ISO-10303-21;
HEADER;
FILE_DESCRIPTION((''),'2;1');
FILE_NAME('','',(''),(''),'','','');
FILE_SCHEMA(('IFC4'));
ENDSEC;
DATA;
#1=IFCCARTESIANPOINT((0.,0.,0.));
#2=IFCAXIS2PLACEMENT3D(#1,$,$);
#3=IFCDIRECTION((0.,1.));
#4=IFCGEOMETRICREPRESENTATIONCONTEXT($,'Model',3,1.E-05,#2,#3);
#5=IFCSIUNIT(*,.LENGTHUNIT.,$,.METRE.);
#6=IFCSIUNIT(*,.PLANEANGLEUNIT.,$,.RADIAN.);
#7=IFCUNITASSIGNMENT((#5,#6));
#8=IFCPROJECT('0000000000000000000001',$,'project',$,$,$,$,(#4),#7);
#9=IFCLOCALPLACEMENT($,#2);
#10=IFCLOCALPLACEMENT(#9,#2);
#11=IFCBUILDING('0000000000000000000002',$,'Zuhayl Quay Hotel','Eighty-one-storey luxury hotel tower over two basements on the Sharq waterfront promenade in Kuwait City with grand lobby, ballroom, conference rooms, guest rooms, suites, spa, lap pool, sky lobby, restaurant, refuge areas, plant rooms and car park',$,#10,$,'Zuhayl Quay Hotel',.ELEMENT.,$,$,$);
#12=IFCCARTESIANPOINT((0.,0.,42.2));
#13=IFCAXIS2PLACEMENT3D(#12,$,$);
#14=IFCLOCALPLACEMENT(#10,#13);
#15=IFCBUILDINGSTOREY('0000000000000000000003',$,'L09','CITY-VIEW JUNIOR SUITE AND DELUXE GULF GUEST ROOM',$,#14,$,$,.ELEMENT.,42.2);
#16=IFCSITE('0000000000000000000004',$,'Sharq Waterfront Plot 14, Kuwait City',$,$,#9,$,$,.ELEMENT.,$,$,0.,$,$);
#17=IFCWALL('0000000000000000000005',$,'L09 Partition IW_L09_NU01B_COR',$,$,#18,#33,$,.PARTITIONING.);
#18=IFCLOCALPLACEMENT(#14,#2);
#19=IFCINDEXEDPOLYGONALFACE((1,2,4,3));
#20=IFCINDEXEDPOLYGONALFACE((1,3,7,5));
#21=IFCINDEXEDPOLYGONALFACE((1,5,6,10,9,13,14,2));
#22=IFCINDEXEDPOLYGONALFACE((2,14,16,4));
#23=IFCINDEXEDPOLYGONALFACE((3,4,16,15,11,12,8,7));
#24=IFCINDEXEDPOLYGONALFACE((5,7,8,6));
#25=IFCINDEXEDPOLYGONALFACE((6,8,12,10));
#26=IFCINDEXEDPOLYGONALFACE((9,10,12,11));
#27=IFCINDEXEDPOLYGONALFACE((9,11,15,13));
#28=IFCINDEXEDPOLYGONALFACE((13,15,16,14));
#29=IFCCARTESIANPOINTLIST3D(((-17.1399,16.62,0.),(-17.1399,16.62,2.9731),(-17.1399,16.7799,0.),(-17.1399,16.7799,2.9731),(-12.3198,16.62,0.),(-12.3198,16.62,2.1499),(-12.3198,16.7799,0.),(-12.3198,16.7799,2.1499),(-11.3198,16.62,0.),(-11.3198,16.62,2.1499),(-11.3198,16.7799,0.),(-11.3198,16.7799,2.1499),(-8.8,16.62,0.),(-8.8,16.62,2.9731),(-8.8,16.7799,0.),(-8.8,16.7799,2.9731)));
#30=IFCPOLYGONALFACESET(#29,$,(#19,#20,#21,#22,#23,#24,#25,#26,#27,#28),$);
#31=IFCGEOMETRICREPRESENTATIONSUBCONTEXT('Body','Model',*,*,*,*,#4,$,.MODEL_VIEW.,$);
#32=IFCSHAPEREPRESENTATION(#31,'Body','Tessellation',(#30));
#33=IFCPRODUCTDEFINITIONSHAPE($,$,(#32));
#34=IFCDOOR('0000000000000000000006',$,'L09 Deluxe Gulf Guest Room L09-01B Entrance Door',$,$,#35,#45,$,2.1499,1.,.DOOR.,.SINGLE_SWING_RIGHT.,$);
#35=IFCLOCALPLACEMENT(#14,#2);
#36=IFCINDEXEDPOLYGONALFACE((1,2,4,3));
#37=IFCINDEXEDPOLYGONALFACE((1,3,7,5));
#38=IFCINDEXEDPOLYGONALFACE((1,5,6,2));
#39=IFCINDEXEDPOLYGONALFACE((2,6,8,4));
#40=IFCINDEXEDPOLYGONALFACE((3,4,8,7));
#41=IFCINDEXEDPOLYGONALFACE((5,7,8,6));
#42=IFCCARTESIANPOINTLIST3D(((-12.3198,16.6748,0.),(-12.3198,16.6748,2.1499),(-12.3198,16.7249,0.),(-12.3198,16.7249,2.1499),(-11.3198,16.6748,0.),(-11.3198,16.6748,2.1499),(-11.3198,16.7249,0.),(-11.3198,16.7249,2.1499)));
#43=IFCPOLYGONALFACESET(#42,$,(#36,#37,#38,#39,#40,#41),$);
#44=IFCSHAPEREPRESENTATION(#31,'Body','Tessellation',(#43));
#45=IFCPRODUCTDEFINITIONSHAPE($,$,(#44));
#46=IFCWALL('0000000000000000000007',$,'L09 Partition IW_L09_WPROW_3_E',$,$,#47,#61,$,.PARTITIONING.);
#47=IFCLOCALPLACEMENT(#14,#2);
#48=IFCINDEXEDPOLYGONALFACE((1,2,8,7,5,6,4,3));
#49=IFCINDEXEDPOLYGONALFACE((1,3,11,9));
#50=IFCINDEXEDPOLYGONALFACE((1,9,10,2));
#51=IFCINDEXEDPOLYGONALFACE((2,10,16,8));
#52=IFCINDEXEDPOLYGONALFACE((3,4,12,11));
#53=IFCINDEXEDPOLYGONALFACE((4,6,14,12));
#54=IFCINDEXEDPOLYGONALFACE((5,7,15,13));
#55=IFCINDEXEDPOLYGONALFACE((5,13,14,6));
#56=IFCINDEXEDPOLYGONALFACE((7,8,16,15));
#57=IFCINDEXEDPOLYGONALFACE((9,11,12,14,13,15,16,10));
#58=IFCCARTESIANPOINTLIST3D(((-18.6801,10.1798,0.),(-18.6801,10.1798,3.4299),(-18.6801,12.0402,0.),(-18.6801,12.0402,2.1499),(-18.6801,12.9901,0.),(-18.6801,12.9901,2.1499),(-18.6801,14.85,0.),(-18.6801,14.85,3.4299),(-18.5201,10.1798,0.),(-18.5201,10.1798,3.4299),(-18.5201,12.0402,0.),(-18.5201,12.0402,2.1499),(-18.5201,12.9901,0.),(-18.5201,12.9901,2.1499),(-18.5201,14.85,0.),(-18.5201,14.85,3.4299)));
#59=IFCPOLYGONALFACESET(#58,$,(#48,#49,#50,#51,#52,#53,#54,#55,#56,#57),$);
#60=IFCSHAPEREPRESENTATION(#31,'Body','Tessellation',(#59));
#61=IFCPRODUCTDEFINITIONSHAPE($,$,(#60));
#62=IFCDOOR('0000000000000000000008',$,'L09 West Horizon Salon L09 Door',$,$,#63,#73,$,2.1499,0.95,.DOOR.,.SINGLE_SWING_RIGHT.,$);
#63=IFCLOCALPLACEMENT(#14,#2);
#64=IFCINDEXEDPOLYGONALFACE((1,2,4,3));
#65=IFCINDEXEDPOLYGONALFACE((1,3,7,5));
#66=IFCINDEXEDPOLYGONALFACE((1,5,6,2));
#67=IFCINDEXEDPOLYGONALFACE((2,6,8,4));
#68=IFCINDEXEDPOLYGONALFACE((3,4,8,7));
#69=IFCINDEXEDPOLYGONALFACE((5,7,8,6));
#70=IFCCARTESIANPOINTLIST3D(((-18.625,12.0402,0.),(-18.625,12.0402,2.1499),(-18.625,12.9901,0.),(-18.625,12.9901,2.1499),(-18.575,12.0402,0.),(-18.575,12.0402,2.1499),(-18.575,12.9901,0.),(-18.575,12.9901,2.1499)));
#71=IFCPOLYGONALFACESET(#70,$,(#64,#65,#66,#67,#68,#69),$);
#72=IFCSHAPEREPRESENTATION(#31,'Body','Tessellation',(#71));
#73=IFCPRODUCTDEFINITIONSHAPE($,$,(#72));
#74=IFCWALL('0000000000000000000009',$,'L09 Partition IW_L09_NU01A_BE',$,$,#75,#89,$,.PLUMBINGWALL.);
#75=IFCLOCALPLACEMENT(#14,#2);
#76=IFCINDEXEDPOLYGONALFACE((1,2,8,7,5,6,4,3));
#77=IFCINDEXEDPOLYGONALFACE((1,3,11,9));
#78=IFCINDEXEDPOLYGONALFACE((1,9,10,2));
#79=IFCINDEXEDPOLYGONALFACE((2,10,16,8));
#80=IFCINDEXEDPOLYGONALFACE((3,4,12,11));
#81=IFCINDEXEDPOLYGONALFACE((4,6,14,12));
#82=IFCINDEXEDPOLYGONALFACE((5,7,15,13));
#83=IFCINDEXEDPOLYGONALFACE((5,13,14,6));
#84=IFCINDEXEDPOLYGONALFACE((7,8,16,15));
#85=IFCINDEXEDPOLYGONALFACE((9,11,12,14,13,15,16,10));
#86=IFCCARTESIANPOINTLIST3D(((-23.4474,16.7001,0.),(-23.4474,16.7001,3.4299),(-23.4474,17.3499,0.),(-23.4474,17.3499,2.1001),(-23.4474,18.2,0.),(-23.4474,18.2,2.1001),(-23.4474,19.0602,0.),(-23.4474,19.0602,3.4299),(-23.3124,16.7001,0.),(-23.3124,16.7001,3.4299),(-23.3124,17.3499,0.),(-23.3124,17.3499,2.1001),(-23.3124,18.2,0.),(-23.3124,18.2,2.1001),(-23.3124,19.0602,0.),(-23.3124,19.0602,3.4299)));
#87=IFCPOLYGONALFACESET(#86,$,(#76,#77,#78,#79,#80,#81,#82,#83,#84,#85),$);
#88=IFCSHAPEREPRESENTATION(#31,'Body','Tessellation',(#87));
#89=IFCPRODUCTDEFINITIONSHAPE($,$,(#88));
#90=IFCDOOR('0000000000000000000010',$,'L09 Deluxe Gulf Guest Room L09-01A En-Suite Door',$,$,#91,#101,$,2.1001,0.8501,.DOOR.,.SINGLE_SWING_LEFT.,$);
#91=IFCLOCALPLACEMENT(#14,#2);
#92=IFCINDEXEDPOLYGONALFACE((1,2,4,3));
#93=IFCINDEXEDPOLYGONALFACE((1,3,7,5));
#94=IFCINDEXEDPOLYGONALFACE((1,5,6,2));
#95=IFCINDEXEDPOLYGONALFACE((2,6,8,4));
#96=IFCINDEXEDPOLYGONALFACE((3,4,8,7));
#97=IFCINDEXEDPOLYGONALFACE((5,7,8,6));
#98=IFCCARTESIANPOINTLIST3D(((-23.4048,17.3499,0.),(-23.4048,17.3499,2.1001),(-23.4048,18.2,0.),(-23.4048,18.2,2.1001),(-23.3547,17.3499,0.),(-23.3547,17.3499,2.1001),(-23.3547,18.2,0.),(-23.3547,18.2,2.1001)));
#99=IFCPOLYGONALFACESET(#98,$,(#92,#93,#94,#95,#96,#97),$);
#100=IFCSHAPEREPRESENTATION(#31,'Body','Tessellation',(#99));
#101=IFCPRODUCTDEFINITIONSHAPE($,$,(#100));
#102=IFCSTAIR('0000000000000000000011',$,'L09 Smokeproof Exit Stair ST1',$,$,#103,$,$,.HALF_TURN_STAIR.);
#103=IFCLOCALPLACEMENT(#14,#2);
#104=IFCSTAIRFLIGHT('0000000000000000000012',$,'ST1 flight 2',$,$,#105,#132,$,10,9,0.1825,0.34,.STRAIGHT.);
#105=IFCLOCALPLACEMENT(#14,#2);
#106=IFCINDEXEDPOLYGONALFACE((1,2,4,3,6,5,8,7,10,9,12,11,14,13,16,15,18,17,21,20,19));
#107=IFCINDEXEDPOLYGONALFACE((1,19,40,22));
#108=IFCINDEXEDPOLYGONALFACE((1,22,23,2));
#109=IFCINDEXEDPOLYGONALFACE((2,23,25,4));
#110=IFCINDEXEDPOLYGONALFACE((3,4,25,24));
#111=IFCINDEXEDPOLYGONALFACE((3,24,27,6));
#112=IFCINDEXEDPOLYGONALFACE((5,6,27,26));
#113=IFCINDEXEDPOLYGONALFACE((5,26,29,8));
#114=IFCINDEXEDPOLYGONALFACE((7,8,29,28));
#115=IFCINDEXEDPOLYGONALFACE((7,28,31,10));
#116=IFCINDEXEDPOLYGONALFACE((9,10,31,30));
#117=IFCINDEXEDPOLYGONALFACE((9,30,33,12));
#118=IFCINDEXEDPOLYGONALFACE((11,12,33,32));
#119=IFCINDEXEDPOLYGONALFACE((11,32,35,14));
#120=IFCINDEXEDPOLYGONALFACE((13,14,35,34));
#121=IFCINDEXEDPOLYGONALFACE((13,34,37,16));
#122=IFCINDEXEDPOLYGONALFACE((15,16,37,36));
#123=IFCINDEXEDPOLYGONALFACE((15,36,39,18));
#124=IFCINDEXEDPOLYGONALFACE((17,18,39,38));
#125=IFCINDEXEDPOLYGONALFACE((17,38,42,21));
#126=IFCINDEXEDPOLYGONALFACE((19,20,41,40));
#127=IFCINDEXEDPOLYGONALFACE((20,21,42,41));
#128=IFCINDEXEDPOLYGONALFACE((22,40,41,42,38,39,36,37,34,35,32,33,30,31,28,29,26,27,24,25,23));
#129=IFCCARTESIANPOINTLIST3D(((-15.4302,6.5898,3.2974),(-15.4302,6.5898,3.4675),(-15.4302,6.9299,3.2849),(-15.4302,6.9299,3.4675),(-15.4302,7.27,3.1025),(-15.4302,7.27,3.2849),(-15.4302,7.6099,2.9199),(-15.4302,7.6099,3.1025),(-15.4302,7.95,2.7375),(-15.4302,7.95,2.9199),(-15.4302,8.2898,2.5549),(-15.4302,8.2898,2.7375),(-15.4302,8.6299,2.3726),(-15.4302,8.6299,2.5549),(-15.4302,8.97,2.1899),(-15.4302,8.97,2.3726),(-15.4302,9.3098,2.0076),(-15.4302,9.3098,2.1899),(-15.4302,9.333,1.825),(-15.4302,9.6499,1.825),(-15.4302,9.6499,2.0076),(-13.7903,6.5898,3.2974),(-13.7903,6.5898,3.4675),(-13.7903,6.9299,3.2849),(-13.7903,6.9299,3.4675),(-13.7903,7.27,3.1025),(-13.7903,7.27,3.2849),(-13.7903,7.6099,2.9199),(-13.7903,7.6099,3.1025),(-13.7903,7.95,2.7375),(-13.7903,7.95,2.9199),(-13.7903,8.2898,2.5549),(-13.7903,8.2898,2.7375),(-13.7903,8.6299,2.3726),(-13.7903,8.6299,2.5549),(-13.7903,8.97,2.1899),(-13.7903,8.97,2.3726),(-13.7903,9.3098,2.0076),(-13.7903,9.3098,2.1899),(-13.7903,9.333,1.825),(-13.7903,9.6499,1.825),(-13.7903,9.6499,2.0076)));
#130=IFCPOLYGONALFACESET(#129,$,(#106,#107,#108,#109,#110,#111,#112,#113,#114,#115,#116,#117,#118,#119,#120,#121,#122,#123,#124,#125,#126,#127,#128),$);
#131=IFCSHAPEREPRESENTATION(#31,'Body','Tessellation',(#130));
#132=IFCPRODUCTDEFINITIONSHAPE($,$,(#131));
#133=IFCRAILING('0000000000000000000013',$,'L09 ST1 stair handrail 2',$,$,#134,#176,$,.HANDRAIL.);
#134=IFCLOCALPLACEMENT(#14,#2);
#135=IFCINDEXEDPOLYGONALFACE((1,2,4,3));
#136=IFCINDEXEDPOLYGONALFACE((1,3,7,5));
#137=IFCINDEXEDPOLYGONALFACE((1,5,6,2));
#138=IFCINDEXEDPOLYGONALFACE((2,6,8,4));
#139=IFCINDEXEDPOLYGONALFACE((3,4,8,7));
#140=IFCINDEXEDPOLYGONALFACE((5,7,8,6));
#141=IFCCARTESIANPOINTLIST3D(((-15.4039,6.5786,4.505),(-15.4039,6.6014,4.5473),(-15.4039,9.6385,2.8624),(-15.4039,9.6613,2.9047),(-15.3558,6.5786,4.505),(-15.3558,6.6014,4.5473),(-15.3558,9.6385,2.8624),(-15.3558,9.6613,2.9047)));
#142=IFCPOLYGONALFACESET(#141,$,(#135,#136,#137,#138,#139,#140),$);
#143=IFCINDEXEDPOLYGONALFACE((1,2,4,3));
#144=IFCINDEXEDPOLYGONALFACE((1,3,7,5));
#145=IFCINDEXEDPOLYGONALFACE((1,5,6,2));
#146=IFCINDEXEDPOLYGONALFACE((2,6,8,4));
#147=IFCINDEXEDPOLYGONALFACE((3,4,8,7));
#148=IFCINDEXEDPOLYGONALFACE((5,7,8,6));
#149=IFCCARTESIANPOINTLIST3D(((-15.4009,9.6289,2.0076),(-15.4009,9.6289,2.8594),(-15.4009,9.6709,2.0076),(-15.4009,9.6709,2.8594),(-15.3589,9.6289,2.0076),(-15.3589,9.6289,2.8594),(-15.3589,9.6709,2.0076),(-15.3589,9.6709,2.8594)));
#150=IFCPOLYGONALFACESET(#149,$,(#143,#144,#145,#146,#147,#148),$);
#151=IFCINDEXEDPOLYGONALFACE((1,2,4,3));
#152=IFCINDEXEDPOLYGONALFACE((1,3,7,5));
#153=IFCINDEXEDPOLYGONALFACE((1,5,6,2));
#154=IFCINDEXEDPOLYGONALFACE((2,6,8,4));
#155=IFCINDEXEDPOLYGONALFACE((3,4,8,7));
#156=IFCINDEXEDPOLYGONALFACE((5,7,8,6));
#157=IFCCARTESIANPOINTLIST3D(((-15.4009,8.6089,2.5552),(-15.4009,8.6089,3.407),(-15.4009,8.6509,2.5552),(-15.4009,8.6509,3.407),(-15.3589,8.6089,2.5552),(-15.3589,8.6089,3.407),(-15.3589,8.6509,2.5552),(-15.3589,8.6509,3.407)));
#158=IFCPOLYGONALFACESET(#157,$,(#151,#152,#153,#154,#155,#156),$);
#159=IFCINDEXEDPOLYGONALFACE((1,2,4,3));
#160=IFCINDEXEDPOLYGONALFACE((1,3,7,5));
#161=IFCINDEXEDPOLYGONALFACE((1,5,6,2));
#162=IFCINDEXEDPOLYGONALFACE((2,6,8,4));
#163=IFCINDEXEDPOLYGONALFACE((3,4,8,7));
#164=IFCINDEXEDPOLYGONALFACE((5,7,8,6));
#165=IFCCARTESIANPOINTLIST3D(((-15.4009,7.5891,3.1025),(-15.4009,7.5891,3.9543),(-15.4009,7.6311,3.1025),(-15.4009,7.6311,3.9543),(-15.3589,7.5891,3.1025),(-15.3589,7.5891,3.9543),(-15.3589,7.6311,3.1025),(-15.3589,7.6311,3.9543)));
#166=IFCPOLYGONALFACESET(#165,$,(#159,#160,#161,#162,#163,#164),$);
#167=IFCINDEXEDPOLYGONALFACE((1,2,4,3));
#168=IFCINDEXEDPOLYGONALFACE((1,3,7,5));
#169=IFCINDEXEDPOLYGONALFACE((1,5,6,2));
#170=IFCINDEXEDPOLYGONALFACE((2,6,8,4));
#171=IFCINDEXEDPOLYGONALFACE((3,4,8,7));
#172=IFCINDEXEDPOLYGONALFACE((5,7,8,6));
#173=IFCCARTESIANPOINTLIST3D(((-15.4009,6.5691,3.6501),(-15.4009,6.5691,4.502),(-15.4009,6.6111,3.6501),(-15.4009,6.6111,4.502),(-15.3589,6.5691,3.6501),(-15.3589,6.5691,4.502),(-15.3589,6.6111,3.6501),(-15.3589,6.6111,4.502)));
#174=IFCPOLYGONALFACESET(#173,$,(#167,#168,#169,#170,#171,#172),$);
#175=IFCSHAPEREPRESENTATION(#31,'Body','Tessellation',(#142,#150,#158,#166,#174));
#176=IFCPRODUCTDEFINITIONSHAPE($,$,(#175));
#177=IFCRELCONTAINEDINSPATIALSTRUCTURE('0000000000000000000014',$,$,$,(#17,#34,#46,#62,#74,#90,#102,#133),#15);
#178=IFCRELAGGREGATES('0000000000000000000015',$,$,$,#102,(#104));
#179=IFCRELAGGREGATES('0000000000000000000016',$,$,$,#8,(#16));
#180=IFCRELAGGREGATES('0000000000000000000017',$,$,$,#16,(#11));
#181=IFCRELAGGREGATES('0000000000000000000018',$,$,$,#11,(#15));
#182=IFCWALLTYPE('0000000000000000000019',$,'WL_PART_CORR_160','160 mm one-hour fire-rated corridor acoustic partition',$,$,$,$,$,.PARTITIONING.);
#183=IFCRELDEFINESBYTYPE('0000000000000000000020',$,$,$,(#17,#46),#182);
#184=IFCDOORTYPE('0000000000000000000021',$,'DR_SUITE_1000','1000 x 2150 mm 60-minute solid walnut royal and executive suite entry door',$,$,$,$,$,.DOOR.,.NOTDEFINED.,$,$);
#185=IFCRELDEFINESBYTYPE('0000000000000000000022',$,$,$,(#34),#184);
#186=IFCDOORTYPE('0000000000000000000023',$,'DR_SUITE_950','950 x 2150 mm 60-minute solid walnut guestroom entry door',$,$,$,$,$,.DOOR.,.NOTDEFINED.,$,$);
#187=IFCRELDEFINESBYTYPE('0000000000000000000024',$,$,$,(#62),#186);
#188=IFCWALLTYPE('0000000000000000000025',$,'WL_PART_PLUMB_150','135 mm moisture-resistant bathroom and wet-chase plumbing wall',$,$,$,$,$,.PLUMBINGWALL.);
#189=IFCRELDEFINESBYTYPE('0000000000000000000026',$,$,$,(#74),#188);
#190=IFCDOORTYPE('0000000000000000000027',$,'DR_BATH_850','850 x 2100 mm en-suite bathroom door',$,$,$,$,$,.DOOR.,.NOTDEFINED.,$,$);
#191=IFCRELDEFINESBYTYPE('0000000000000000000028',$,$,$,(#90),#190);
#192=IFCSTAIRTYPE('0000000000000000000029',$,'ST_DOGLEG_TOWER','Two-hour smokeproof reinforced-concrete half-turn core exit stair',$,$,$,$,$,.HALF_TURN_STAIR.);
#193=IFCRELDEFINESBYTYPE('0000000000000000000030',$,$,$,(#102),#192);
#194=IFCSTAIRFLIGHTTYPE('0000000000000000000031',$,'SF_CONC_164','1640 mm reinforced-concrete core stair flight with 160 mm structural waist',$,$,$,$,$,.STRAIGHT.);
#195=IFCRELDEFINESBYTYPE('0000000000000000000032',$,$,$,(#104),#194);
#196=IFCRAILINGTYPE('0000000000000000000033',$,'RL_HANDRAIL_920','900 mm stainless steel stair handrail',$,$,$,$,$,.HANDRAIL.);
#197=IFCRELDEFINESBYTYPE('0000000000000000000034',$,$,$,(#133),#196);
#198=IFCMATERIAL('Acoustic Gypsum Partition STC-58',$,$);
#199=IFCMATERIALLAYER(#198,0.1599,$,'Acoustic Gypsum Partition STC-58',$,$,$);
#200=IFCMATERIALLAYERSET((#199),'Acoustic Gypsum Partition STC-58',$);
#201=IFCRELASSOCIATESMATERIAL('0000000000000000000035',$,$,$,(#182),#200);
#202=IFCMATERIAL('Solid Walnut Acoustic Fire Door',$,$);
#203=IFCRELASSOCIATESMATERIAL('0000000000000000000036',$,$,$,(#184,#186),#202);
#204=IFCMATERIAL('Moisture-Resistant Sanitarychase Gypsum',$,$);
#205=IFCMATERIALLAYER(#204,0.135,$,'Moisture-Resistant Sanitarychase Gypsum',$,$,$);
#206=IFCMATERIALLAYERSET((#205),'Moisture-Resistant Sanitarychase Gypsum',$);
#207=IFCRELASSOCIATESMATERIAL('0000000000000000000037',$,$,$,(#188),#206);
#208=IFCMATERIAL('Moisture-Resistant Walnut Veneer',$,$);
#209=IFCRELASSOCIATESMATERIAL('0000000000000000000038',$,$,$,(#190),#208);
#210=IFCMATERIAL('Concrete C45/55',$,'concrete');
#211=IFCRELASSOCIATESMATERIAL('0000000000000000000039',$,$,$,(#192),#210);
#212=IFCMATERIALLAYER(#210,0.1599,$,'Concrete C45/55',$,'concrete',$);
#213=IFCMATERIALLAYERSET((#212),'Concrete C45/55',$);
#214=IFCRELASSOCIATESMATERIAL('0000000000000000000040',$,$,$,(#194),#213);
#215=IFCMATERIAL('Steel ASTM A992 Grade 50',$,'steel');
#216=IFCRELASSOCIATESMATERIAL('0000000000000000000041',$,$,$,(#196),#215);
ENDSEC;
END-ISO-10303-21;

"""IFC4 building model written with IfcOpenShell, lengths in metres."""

from ifc_helpers import new_model, si_unit, direction, frame, frame_2d, origin, origin_2d, place, context, subcontext, project, spatial, polyline, rectangle, outline, extrude, material, layer, layer_set, type_object, element, fill, aggregate, save


model = new_model("IFC4")

# Units and contexts
model_context = context("Model", 3, precision=1e-05, world=origin(), true_north=direction((0.0, 1.0)))
body_context = subcontext(model_context, "Body", "Model", "MODEL_VIEW")
ifc_project = project(units=[si_unit("LENGTHUNIT", "METRE"), si_unit("PLANEANGLEUNIT", "RADIAN")], contexts=[model_context])

# Site, building, storey
site_placement = place(None, origin())
site = spatial("IfcSite", under=ifc_project, at=site_placement, Name="Sharq Waterfront Plot 14, Kuwait City", CompositionType="ELEMENT", RefElevation=0.0)
building_placement = place(site_placement, origin())
building = spatial("IfcBuilding", under=site, at=building_placement, Name="Zuhayl Quay Hotel", Description="Eighty-one-storey luxury hotel tower over two basements on the Sharq waterfront promenade in Kuwait City with grand lobby, ballroom, conference rooms, guest rooms, suites, spa, lap pool, sky lobby, restaurant, refuge areas, plant rooms and car park", LongName="Zuhayl Quay Hotel", CompositionType="ELEMENT")
storey_placement = place(building_placement, frame((0.0, 0.0, 42.2)))
storey = spatial("IfcBuildingStorey", under=building, at=storey_placement, Name="L09", Description="CITY-VIEW JUNIOR SUITE AND DELUXE GULF GUEST ROOM", CompositionType="ELEMENT", Elevation=42.2)

# Shared definitions
ifc_material_1 = material(Name="Acoustic Gypsum Partition STC-58")

# Walls, openings, doors
ifc_layer_1 = layer(ifc_material_1, 0.1599, Name="Acoustic Gypsum Partition STC-58")
ifc_layer_set_1 = layer_set([ifc_layer_1], Name="Acoustic Gypsum Partition STC-58")
wall_type_1 = type_object("IfcWallType", Name="WL_PART_CORR_160", Description="160 mm one-hour fire-rated corridor acoustic partition", PredefinedType="PARTITIONING", material=ifc_layer_set_1)
ifc_material_2 = material(Name="Solid Walnut Acoustic Fire Door")
door_type_1 = type_object("IfcDoorType", Name="DR_SUITE_1000", Description="1000 x 2150 mm 60-minute solid walnut royal and executive suite entry door", OperationType="NOTDEFINED", PredefinedType="DOOR", material=ifc_material_2)
wall_1_placement = place(storey_placement, frame((-17.1399, 16.7, 0.0), z_axis=(0.0, 0.0, 1.0), x_axis=(1.0, 0.0, 0.0)))
wall_1 = element("IfcWall", 1, at=wall_1_placement, inside=storey, type_object=wall_type_1, Name="L09 Partition IW_L09_NU01B_COR", PredefinedType="PARTITIONING", context=body_context, shape_type="SweptSolid", body=[
    extrude(rectangle(XDim=8.3398, YDim=0.1599, at=frame_2d((4.1699, 0.0))), origin(), (0.0, 0.0, 1.0), 2.9731),
])
opening_1_placement = place(wall_1_placement, frame((4.8201, 0.0, 0.0)))
opening_1 = element("IfcOpeningElement", 2, at=opening_1_placement, cuts=wall_1, PredefinedType="OPENING", context=body_context, shape_type="SweptSolid", body=[
    extrude(rectangle(XDim=1.0, YDim=2.1499, at=frame_2d((0.5, 1.075))), frame((0.0, 0.0898, 0.0), z_axis=(0.0, -1.0, 0.0), x_axis=(1.0, 0.0, 0.0)), (0.0, 0.0, 1.0), 0.1799),
])
door_1_placement = place(opening_1_placement, origin())
door_1 = element("IfcDoor", 3, at=door_1_placement, inside=storey, type_object=door_type_1, Name="L09 Deluxe Gulf Guest Room L09-01B Entrance Door", OperationType="SINGLE_SWING_RIGHT", OverallHeight=2.1499, OverallWidth=1.0, PredefinedType="DOOR", context=body_context, shape_type="SweptSolid", body=[
    extrude(rectangle(XDim=1.0, YDim=2.1499, at=frame_2d((0.5, 1.075))), frame((0.0, 0.0249, 0.0), z_axis=(0.0, -1.0, 0.0), x_axis=(1.0, 0.0, 0.0)), (0.0, 0.0, 1.0), 0.05),
])
fill(opening_1, door_1)
door_type_2 = type_object("IfcDoorType", Name="DR_SUITE_950", Description="950 x 2150 mm 60-minute solid walnut guestroom entry door", OperationType="NOTDEFINED", PredefinedType="DOOR", material=ifc_material_2)
wall_2_placement = place(storey_placement, frame((-18.6001, 10.1799, 0.0), z_axis=(0.0, 0.0, 1.0), x_axis=(0.0, 1.0, 0.0)))
wall_2 = element("IfcWall", 4, at=wall_2_placement, inside=storey, type_object=wall_type_1, Name="L09 Partition IW_L09_WPROW_3_E", PredefinedType="PARTITIONING", context=body_context, shape_type="SweptSolid", body=[
    extrude(rectangle(XDim=4.6702, YDim=0.1599, at=frame_2d((2.335, 0.0))), origin(), (0.0, 0.0, 1.0), 3.4299),
])
opening_2_placement = place(wall_2_placement, frame((1.8601, 0.0, 0.0)))
opening_2 = element("IfcOpeningElement", 5, at=opening_2_placement, cuts=wall_2, PredefinedType="OPENING", context=body_context, shape_type="SweptSolid", body=[
    extrude(rectangle(XDim=0.95, YDim=2.1499, at=frame_2d((0.4751, 1.075))), frame((0.0, 0.0898, 0.0), z_axis=(0.0, -1.0, 0.0), x_axis=(1.0, 0.0, 0.0)), (0.0, 0.0, 1.0), 0.1799),
])
door_2_placement = place(opening_2_placement, origin())
door_2 = element("IfcDoor", 6, at=door_2_placement, inside=storey, type_object=door_type_2, Name="L09 West Horizon Salon L09 Door", OperationType="SINGLE_SWING_RIGHT", OverallHeight=2.1499, OverallWidth=0.95, PredefinedType="DOOR", context=body_context, shape_type="SweptSolid", body=[
    extrude(rectangle(XDim=0.95, YDim=2.1499, at=frame_2d((0.4751, 1.075))), frame((0.0, 0.0249, 0.0), z_axis=(0.0, -1.0, 0.0), x_axis=(1.0, 0.0, 0.0)), (0.0, 0.0, 1.0), 0.05),
])
fill(opening_2, door_2)
ifc_material_3 = material(Name="Moisture-Resistant Sanitarychase Gypsum")
ifc_layer_2 = layer(ifc_material_3, 0.135, Name="Moisture-Resistant Sanitarychase Gypsum")
ifc_layer_set_2 = layer_set([ifc_layer_2], Name="Moisture-Resistant Sanitarychase Gypsum")
wall_type_2 = type_object("IfcWallType", Name="WL_PART_PLUMB_150", Description="135 mm moisture-resistant bathroom and wet-chase plumbing wall", PredefinedType="PLUMBINGWALL", material=ifc_layer_set_2)
wall_3_placement = place(storey_placement, frame((-23.3799, 16.7, 0.0), z_axis=(0.0, 0.0, 1.0), x_axis=(0.0, 1.0, 0.0)))
wall_3 = element("IfcWall", 7, at=wall_3_placement, inside=storey, type_object=wall_type_2, Name="L09 Partition IW_L09_NU01A_BE", PredefinedType="PLUMBINGWALL", context=body_context, shape_type="SweptSolid", body=[
    extrude(rectangle(XDim=2.3601, YDim=0.135, at=frame_2d((1.1802, 0.0))), origin(), (0.0, 0.0, 1.0), 3.4299),
])
opening_3_placement = place(wall_3_placement, frame((0.6499, 0.0, 0.0)))
opening_3 = element("IfcOpeningElement", 8, at=opening_3_placement, cuts=wall_3, PredefinedType="OPENING", context=body_context, shape_type="SweptSolid", body=[
    extrude(rectangle(XDim=0.8501, YDim=2.1001, at=frame_2d((0.425, 1.05))), frame((0.0, 0.0774, 0.0), z_axis=(0.0, -1.0, 0.0), x_axis=(1.0, 0.0, 0.0)), (0.0, 0.0, 1.0), 0.155),
])
ifc_material_4 = material(Name="Moisture-Resistant Walnut Veneer")
door_type_3 = type_object("IfcDoorType", Name="DR_BATH_850", Description="850 x 2100 mm en-suite bathroom door", OperationType="NOTDEFINED", PredefinedType="DOOR", material=ifc_material_4)
door_3_placement = place(opening_3_placement, origin())
door_3 = element("IfcDoor", 9, at=door_3_placement, inside=storey, type_object=door_type_3, Name="L09 Deluxe Gulf Guest Room L09-01A En-Suite Door", OperationType="SINGLE_SWING_LEFT", OverallHeight=2.1001, OverallWidth=0.8501, PredefinedType="DOOR", context=body_context, shape_type="SweptSolid", body=[
    extrude(rectangle(XDim=0.8501, YDim=2.1001, at=frame_2d((0.425, 1.05))), frame((0.0, 0.0249, 0.0), z_axis=(0.0, -1.0, 0.0), x_axis=(1.0, 0.0, 0.0)), (0.0, 0.0, 1.0), 0.05),
])
fill(opening_3, door_3)

# Stair, stair flight
ifc_material_5 = material(Name="Concrete C45/55", Category="concrete")
stair_type = type_object("IfcStairType", Name="ST_DOGLEG_TOWER", Description="Two-hour smokeproof reinforced-concrete half-turn core exit stair", PredefinedType="HALF_TURN_STAIR", material=ifc_material_5)
stair_placement = place(storey_placement, origin())
stair = element("IfcStair", 10, at=stair_placement, inside=storey, type_object=stair_type, Name="L09 Smokeproof Exit Stair ST1", PredefinedType="HALF_TURN_STAIR")
ifc_layer_3 = layer(ifc_material_5, 0.1599, Name="Concrete C45/55", Category="concrete")
ifc_layer_set_3 = layer_set([ifc_layer_3], Name="Concrete C45/55")
stair_flight_type = type_object("IfcStairFlightType", Name="SF_CONC_164", Description="1640 mm reinforced-concrete core stair flight with 160 mm structural waist", PredefinedType="STRAIGHT", material=ifc_layer_set_3)
stair_flight_placement = place(storey_placement, frame((-14.6101, 9.6499, 1.825), z_axis=(0.0, 0.0, 1.0), x_axis=(0.0, -1.0, 0.0)))
stair_flight = element("IfcStairFlight", 11, at=stair_flight_placement, type_object=stair_flight_type, Name="ST1 flight 2", NumberOfRisers=10, NumberOfTreads=9, PredefinedType="STRAIGHT", RiserHeight=0.1825, TreadLength=0.34, context=body_context, shape_type="SweptSolid", body=[
    extrude(outline(polyline([(0.0, 0.0), (0.0, 0.1826), (0.3401, 0.1826), (0.3401, 0.365), (0.6799, 0.365), (0.6799, 0.5476), (1.02, 0.5476), (1.02, 0.73), (1.3601, 0.73), (1.3601, 0.9126), (1.7, 0.9126), (1.7, 1.095), (2.04, 1.095), (2.04, 1.2776), (2.3799, 1.2776), (2.3799, 1.46), (2.72, 1.46), (2.72, 1.6426), (3.0601, 1.6426), (3.0601, 1.825), (3.0601, 1.4724), (0.3169, 0.0), (0.0, 0.0)])), frame((0.0, 0.8198, 0.0), z_axis=(0.0, -1.0, 0.0), x_axis=(1.0, 0.0, 0.0)), (0.0, 0.0, 1.0), 1.6399),
])
aggregate(stair, [stair_flight])

# Railing
ifc_material_6 = material(Name="Steel ASTM A992 Grade 50", Category="steel")
railing_type = type_object("IfcRailingType", Name="RL_HANDRAIL_920", Description="900 mm stainless steel stair handrail", PredefinedType="HANDRAIL", material=ifc_material_6)
railing_placement = place(storey_placement, frame((-15.3799, 9.6499, 2.0076)))
element("IfcRailing", 12, at=railing_placement, inside=storey, type_object=railing_type, Name="L09 ST1 stair handrail 2", PredefinedType="HANDRAIL", context=body_context, shape_type="SweptSolid", body=[
    extrude(rectangle(XDim=0.0481, YDim=0.0481, at=origin_2d()), frame((0.0, 0.0, 0.876), z_axis=(0.0, -0.881073, 0.47298), x_axis=(1.0, 0.0, 0.0)), (0.0, 0.0, 1.0), 3.4729),
    extrude(rectangle(XDim=0.042, YDim=0.042, at=origin_2d()), origin(), (0.0, 0.0, 1.0), 0.8518),
    extrude(rectangle(XDim=0.042, YDim=0.042, at=origin_2d()), frame((0.0, -1.02, 0.5476)), (0.0, 0.0, 1.0), 0.8518),
    extrude(rectangle(XDim=0.042, YDim=0.042, at=origin_2d()), frame((0.0, -2.0398, 1.095)), (0.0, 0.0, 1.0), 0.8518),
    extrude(rectangle(XDim=0.042, YDim=0.042, at=origin_2d()), frame((0.0, -3.0598, 1.6426)), (0.0, 0.0, 1.0), 0.8518),
])

save(model, "model.ifc")
